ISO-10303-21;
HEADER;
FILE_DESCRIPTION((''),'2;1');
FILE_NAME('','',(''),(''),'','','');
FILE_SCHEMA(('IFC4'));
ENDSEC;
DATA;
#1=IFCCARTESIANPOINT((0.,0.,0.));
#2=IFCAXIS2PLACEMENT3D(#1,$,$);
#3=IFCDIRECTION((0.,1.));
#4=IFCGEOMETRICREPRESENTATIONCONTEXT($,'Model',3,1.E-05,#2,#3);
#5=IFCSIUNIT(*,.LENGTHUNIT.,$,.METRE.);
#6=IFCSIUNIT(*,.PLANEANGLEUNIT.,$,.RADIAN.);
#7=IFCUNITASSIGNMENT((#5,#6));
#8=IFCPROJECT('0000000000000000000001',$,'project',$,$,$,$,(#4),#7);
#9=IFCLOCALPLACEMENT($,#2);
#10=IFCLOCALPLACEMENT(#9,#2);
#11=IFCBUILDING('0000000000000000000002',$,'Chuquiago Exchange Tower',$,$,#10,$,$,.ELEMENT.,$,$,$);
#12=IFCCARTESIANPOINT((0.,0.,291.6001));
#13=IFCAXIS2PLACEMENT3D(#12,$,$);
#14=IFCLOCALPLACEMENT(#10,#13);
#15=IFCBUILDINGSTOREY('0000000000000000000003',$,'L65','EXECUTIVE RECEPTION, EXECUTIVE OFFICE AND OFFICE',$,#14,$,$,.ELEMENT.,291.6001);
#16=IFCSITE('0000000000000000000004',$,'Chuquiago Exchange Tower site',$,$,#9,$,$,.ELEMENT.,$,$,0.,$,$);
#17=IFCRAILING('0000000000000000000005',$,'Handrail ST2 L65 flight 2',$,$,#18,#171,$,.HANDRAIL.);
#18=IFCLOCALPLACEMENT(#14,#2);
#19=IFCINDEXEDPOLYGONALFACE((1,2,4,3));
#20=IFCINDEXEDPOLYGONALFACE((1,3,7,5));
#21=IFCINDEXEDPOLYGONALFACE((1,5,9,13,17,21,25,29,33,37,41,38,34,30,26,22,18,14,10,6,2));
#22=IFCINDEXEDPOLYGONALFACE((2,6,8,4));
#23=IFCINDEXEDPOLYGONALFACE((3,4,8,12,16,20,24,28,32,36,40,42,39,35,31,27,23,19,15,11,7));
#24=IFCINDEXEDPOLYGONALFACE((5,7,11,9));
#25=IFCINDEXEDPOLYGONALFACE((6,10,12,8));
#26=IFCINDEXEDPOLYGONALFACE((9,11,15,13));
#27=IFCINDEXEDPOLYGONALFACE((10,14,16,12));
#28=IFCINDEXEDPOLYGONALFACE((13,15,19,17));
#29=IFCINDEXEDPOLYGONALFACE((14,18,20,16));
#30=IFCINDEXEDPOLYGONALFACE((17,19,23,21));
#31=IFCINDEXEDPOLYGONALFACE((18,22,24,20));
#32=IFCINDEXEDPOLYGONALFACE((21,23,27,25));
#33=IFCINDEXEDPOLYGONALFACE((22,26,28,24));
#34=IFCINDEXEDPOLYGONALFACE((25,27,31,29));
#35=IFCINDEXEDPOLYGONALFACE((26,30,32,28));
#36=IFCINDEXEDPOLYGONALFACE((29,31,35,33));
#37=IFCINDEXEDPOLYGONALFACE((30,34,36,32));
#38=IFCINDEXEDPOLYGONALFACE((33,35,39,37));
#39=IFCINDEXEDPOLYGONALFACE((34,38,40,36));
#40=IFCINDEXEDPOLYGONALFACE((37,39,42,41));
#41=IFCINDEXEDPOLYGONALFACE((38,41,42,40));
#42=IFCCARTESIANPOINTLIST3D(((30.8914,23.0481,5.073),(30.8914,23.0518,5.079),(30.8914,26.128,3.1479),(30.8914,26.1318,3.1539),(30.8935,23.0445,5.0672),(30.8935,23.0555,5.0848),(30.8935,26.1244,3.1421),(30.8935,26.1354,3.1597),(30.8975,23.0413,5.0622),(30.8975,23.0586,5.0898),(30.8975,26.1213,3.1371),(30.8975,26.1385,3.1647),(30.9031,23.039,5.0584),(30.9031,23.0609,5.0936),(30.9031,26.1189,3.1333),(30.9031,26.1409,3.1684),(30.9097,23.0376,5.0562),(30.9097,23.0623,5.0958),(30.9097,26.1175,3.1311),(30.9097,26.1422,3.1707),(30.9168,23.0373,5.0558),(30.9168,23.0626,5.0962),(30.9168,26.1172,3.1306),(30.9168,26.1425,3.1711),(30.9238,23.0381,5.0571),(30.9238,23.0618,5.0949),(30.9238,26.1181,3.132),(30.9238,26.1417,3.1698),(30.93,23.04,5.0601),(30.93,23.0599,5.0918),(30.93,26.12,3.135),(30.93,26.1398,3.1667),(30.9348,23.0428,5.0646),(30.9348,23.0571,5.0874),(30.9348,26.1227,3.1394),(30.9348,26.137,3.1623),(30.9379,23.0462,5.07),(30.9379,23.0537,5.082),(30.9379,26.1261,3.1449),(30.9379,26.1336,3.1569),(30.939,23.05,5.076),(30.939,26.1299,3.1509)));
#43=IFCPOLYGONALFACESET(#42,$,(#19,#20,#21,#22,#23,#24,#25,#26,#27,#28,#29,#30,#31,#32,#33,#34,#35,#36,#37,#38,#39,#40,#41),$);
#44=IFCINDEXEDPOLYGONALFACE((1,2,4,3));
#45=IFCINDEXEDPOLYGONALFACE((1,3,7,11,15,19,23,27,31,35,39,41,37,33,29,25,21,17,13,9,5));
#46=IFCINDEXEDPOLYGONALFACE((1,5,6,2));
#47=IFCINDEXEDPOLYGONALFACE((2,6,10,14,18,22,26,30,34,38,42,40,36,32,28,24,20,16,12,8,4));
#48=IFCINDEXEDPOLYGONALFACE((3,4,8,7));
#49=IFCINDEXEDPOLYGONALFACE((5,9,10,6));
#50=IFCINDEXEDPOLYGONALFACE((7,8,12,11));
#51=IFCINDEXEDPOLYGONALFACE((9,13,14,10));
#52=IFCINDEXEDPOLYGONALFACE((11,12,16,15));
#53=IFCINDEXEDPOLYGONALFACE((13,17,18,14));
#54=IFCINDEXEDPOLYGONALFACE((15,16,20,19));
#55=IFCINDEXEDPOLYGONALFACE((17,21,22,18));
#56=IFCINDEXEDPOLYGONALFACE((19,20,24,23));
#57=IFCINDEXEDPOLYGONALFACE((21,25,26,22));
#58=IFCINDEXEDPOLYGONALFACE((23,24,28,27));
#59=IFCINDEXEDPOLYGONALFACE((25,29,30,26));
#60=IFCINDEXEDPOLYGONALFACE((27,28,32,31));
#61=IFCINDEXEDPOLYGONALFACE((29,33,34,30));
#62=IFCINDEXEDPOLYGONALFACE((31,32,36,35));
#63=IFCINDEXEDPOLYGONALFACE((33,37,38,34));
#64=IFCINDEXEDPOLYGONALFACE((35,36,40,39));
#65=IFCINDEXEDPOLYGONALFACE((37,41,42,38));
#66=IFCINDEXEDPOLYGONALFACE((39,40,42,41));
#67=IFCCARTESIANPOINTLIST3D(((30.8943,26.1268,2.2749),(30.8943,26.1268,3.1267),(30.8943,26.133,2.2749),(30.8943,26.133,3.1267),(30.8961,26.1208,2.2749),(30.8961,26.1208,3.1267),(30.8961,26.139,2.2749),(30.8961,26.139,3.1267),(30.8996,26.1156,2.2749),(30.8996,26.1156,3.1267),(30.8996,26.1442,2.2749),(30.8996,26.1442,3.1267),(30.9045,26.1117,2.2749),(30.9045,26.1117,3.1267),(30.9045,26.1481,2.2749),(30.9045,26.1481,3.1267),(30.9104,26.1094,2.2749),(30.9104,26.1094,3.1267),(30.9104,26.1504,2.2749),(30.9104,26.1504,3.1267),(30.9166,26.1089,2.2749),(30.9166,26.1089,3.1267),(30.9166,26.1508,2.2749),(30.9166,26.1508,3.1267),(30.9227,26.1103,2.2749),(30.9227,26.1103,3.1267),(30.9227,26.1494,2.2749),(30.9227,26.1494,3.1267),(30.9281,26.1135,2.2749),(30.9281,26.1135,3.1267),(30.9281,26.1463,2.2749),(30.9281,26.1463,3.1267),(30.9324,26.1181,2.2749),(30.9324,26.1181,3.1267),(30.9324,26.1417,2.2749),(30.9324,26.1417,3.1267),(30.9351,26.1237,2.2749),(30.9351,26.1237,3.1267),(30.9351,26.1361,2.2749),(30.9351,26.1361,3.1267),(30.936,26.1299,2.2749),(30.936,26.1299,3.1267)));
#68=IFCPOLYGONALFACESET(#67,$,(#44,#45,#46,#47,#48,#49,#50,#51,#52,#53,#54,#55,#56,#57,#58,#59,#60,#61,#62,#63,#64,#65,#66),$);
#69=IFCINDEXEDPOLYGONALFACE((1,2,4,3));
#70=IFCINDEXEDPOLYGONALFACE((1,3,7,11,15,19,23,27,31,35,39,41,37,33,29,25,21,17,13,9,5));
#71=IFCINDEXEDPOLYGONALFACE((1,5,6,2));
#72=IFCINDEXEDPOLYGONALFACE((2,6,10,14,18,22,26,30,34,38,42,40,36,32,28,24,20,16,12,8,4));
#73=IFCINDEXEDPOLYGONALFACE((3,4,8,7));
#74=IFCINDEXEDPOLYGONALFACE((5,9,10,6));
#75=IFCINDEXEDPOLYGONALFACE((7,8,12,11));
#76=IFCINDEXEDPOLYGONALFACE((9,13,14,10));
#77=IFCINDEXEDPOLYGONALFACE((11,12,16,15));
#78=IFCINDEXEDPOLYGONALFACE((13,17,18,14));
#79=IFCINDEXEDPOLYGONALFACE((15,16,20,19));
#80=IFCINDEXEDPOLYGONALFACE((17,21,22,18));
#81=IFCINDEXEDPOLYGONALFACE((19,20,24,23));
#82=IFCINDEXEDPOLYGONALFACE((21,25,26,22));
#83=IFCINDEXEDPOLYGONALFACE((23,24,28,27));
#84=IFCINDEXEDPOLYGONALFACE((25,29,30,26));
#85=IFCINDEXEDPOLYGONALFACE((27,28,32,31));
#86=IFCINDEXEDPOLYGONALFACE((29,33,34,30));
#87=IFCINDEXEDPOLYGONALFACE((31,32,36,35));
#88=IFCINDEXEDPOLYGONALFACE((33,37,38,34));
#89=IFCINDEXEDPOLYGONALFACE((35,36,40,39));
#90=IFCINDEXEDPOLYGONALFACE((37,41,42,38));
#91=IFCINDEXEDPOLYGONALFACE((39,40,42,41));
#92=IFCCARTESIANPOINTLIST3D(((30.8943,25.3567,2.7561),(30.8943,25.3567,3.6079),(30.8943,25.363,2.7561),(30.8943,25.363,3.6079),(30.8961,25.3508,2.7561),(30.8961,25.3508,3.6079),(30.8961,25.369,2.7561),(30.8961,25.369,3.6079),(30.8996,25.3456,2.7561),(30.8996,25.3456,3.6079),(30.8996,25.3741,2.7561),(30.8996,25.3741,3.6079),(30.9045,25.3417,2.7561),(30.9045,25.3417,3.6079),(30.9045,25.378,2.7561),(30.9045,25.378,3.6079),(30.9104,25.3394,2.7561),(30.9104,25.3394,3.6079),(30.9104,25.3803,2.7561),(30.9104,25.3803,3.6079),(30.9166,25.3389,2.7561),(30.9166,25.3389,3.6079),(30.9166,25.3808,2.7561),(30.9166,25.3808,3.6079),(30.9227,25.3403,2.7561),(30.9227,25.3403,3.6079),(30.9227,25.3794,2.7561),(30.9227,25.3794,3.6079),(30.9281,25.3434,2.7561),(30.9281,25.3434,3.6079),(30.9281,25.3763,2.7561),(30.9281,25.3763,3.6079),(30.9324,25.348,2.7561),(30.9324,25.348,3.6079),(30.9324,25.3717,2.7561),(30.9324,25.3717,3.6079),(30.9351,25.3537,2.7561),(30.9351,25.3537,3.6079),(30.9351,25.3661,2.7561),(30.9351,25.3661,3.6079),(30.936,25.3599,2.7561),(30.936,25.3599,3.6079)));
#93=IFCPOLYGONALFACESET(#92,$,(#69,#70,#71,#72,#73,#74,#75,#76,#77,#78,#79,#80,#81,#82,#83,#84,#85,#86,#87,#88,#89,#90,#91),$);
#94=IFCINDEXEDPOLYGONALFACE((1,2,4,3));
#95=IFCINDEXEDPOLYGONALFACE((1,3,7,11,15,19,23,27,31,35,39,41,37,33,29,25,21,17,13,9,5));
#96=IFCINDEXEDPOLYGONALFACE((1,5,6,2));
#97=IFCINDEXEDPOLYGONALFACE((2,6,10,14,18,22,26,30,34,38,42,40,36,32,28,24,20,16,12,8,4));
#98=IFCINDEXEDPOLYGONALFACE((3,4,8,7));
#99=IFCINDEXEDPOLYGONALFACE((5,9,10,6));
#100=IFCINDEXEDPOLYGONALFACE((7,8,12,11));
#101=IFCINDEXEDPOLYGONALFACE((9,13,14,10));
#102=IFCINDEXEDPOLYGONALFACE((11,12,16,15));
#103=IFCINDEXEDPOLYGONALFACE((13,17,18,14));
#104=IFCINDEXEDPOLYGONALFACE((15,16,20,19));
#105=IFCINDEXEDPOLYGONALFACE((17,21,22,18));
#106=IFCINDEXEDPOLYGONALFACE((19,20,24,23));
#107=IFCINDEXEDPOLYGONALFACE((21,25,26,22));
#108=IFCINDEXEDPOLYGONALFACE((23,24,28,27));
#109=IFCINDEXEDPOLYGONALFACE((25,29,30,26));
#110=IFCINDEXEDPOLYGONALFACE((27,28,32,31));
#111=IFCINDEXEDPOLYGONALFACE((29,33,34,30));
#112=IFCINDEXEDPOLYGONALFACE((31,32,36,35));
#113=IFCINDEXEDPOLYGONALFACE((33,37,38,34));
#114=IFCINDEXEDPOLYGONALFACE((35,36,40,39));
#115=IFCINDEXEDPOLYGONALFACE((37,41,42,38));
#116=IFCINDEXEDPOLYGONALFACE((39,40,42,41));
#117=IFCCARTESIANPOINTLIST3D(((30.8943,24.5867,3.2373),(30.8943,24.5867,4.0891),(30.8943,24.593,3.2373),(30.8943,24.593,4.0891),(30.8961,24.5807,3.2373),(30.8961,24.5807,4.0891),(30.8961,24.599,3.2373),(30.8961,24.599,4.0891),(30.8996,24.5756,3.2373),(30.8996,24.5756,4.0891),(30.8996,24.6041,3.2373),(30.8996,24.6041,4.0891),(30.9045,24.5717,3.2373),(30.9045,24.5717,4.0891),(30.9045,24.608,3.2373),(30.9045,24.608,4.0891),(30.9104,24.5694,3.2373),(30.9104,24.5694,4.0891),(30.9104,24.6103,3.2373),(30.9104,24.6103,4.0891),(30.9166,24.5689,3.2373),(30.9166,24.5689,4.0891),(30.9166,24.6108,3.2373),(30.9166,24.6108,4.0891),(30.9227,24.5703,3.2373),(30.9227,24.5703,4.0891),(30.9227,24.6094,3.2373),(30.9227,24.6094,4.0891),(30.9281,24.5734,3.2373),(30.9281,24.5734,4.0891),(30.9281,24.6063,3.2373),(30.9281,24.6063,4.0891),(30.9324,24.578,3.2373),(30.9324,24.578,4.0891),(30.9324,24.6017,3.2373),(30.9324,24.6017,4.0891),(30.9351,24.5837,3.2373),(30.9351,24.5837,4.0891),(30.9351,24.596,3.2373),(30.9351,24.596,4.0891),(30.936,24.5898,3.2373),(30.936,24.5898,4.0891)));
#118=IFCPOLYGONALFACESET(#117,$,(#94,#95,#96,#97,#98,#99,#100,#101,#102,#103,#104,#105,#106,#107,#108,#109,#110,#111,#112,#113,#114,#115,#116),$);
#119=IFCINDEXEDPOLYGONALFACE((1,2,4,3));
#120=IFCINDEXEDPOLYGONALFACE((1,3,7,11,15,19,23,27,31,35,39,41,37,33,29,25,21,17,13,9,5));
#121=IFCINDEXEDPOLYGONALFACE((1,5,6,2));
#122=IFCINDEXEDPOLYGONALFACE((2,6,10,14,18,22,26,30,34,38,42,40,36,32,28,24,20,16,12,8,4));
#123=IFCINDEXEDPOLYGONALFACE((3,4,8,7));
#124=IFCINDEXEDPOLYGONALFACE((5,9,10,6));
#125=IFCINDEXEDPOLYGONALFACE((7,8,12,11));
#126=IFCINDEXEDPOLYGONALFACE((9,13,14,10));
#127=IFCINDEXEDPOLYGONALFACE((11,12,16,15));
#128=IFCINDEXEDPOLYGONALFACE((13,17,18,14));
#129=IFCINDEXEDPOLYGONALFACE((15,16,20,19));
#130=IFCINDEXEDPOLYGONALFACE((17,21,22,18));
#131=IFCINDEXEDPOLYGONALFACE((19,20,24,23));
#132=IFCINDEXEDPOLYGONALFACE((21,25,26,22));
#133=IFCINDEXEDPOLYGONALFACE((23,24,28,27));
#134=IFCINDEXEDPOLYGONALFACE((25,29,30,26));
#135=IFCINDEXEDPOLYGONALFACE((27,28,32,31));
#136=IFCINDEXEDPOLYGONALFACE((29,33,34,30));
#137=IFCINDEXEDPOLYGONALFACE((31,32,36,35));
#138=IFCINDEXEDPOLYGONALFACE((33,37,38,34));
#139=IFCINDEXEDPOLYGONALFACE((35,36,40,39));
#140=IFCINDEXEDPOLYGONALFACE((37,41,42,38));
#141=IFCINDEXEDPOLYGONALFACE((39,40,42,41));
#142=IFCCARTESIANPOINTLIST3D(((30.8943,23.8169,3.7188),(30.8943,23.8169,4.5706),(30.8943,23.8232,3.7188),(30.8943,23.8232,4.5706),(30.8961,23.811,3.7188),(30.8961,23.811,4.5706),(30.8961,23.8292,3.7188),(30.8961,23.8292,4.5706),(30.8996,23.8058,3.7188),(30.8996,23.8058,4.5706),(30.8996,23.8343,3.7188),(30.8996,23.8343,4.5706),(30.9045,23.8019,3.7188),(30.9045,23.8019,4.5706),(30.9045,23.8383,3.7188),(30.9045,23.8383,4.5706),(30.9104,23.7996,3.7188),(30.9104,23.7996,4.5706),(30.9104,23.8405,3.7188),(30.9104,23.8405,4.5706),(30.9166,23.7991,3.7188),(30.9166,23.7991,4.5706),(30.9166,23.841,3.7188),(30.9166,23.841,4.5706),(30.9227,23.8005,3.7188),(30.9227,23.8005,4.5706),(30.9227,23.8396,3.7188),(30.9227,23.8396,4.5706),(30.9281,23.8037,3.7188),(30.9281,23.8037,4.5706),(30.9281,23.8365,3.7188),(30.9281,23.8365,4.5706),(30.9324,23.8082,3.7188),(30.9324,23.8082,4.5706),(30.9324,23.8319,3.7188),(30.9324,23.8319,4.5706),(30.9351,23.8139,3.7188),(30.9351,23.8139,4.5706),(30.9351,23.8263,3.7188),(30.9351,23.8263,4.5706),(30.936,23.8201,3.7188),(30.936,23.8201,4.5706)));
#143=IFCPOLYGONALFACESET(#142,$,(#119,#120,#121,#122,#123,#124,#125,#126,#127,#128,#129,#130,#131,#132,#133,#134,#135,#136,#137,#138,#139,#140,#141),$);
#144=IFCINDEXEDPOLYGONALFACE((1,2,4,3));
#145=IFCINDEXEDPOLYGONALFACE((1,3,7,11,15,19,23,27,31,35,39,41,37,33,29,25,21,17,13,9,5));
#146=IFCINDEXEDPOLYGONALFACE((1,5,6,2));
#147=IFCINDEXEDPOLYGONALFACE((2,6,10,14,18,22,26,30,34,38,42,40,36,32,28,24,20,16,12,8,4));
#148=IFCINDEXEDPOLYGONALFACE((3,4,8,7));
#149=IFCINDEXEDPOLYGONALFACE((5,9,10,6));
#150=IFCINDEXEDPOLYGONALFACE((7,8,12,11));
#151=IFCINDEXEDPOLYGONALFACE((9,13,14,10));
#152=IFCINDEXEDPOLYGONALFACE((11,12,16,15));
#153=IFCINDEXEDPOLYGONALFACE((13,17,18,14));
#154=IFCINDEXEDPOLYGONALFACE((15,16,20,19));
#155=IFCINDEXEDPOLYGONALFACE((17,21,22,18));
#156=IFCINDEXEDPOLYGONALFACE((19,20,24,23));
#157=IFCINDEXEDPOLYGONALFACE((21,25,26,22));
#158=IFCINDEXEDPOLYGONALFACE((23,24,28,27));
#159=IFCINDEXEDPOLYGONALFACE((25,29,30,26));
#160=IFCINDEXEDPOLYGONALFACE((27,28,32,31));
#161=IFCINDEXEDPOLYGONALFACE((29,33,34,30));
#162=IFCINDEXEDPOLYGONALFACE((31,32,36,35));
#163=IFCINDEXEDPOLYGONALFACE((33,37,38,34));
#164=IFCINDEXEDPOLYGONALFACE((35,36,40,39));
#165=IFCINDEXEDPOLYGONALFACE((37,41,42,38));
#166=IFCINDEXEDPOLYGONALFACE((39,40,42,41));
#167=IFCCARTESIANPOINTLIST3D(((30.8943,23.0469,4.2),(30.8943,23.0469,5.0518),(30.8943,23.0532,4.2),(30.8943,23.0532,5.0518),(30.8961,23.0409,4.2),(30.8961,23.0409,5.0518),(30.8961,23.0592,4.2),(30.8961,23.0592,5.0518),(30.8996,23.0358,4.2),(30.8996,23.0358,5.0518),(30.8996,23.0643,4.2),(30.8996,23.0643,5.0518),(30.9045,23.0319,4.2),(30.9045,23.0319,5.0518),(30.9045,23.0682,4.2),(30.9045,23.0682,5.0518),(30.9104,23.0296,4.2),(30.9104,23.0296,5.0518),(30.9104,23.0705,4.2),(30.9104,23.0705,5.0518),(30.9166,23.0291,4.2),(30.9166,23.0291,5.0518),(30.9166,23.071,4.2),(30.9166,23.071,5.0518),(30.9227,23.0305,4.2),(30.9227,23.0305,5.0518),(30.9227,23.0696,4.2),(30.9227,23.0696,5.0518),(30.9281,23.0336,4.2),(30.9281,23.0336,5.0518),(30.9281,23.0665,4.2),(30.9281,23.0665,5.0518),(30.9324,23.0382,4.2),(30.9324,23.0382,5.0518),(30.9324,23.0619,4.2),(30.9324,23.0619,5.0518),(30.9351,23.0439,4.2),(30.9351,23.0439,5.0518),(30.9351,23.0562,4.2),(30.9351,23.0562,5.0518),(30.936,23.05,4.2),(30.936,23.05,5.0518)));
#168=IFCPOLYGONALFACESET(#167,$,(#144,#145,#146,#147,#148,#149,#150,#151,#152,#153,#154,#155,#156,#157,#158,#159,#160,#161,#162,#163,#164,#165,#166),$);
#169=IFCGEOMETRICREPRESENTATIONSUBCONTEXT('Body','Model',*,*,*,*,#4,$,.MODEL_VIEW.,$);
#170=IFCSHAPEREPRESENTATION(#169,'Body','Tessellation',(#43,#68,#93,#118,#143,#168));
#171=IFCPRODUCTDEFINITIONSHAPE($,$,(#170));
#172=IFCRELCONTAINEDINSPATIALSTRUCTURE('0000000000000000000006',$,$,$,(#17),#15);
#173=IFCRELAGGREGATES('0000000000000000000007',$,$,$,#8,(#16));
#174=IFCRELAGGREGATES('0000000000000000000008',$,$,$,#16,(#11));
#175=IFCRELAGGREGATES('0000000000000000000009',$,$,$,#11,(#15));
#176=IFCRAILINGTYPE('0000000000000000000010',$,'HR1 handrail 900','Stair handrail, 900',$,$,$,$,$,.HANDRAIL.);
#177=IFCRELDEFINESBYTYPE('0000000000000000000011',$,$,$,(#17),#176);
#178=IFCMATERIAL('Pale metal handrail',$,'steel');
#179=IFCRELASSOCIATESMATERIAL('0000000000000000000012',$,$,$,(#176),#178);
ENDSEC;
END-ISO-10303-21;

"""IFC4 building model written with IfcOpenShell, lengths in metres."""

from ifc_helpers import new_model, si_unit, direction, frame, origin, origin_2d, place, context, subcontext, project, spatial, circle, extrude, material, type_object, element, save


model = new_model("IFC4")

# Units and contexts
model_context = context("Model", 3, precision=1e-05, world=origin(), true_north=direction((0.0, 1.0)))
body_context = subcontext(model_context, "Body", "Model", "MODEL_VIEW")
ifc_project = project(units=[si_unit("LENGTHUNIT", "METRE"), si_unit("PLANEANGLEUNIT", "RADIAN")], contexts=[model_context])

# Site, building, storey
site_placement = place(None, origin())
site = spatial("IfcSite", under=ifc_project, at=site_placement, Name="Chuquiago Exchange Tower site", CompositionType="ELEMENT", RefElevation=0.0)
building_placement = place(site_placement, origin())
building = spatial("IfcBuilding", under=site, at=building_placement, Name="Chuquiago Exchange Tower", CompositionType="ELEMENT")
storey_placement = place(building_placement, frame((0.0, 0.0, 291.6001)))
storey = spatial("IfcBuildingStorey", under=building, at=storey_placement, Name="L65", Description="EXECUTIVE RECEPTION, EXECUTIVE OFFICE AND OFFICE", CompositionType="ELEMENT", Elevation=291.6001)

# Railing
ifc_material_1 = material(Name="Pale metal handrail", Category="steel")
railing_type_1 = type_object("IfcRailingType", Name="HR1 handrail 900", Description="Stair handrail, 900", PredefinedType="HANDRAIL", material=ifc_material_1)
for number, where, name in (
    (1, (30.915, 26.1299, 2.2749), "Handrail ST2 L65 flight 2"),
):
    element("IfcRailing", number, at=place(storey_placement, frame(where)), inside=storey, type_object=railing_type_1, Name=name, PredefinedType="HANDRAIL", context=body_context, shape_type="SweptSolid", body=[
        extrude(circle(Radius=0.0239, at=origin_2d()), frame((0.0, 0.0, 0.876), z_axis=(0.0, -0.847979, 0.530029), x_axis=(1.0, 0.0, 0.0)), (0.0, 0.0, 1.0), 3.6321),
        extrude(circle(Radius=0.021, at=origin_2d()), origin(), (0.0, 0.0, 1.0), 0.8518),
        extrude(circle(Radius=0.021, at=origin_2d()), frame((0.0, -0.77, 0.4812)), (0.0, 0.0, 1.0), 0.8518),
        extrude(circle(Radius=0.021, at=origin_2d()), frame((0.0, -1.54, 0.9624)), (0.0, 0.0, 1.0), 0.8518),
        extrude(circle(Radius=0.021, at=origin_2d()), frame((0.0, -2.3098, 1.4438)), (0.0, 0.0, 1.0), 0.8518),
        extrude(circle(Radius=0.021, at=origin_2d()), frame((0.0, -3.0798, 1.925)), (0.0, 0.0, 1.0), 0.8518),
    ])

save(model, "model.ifc")
